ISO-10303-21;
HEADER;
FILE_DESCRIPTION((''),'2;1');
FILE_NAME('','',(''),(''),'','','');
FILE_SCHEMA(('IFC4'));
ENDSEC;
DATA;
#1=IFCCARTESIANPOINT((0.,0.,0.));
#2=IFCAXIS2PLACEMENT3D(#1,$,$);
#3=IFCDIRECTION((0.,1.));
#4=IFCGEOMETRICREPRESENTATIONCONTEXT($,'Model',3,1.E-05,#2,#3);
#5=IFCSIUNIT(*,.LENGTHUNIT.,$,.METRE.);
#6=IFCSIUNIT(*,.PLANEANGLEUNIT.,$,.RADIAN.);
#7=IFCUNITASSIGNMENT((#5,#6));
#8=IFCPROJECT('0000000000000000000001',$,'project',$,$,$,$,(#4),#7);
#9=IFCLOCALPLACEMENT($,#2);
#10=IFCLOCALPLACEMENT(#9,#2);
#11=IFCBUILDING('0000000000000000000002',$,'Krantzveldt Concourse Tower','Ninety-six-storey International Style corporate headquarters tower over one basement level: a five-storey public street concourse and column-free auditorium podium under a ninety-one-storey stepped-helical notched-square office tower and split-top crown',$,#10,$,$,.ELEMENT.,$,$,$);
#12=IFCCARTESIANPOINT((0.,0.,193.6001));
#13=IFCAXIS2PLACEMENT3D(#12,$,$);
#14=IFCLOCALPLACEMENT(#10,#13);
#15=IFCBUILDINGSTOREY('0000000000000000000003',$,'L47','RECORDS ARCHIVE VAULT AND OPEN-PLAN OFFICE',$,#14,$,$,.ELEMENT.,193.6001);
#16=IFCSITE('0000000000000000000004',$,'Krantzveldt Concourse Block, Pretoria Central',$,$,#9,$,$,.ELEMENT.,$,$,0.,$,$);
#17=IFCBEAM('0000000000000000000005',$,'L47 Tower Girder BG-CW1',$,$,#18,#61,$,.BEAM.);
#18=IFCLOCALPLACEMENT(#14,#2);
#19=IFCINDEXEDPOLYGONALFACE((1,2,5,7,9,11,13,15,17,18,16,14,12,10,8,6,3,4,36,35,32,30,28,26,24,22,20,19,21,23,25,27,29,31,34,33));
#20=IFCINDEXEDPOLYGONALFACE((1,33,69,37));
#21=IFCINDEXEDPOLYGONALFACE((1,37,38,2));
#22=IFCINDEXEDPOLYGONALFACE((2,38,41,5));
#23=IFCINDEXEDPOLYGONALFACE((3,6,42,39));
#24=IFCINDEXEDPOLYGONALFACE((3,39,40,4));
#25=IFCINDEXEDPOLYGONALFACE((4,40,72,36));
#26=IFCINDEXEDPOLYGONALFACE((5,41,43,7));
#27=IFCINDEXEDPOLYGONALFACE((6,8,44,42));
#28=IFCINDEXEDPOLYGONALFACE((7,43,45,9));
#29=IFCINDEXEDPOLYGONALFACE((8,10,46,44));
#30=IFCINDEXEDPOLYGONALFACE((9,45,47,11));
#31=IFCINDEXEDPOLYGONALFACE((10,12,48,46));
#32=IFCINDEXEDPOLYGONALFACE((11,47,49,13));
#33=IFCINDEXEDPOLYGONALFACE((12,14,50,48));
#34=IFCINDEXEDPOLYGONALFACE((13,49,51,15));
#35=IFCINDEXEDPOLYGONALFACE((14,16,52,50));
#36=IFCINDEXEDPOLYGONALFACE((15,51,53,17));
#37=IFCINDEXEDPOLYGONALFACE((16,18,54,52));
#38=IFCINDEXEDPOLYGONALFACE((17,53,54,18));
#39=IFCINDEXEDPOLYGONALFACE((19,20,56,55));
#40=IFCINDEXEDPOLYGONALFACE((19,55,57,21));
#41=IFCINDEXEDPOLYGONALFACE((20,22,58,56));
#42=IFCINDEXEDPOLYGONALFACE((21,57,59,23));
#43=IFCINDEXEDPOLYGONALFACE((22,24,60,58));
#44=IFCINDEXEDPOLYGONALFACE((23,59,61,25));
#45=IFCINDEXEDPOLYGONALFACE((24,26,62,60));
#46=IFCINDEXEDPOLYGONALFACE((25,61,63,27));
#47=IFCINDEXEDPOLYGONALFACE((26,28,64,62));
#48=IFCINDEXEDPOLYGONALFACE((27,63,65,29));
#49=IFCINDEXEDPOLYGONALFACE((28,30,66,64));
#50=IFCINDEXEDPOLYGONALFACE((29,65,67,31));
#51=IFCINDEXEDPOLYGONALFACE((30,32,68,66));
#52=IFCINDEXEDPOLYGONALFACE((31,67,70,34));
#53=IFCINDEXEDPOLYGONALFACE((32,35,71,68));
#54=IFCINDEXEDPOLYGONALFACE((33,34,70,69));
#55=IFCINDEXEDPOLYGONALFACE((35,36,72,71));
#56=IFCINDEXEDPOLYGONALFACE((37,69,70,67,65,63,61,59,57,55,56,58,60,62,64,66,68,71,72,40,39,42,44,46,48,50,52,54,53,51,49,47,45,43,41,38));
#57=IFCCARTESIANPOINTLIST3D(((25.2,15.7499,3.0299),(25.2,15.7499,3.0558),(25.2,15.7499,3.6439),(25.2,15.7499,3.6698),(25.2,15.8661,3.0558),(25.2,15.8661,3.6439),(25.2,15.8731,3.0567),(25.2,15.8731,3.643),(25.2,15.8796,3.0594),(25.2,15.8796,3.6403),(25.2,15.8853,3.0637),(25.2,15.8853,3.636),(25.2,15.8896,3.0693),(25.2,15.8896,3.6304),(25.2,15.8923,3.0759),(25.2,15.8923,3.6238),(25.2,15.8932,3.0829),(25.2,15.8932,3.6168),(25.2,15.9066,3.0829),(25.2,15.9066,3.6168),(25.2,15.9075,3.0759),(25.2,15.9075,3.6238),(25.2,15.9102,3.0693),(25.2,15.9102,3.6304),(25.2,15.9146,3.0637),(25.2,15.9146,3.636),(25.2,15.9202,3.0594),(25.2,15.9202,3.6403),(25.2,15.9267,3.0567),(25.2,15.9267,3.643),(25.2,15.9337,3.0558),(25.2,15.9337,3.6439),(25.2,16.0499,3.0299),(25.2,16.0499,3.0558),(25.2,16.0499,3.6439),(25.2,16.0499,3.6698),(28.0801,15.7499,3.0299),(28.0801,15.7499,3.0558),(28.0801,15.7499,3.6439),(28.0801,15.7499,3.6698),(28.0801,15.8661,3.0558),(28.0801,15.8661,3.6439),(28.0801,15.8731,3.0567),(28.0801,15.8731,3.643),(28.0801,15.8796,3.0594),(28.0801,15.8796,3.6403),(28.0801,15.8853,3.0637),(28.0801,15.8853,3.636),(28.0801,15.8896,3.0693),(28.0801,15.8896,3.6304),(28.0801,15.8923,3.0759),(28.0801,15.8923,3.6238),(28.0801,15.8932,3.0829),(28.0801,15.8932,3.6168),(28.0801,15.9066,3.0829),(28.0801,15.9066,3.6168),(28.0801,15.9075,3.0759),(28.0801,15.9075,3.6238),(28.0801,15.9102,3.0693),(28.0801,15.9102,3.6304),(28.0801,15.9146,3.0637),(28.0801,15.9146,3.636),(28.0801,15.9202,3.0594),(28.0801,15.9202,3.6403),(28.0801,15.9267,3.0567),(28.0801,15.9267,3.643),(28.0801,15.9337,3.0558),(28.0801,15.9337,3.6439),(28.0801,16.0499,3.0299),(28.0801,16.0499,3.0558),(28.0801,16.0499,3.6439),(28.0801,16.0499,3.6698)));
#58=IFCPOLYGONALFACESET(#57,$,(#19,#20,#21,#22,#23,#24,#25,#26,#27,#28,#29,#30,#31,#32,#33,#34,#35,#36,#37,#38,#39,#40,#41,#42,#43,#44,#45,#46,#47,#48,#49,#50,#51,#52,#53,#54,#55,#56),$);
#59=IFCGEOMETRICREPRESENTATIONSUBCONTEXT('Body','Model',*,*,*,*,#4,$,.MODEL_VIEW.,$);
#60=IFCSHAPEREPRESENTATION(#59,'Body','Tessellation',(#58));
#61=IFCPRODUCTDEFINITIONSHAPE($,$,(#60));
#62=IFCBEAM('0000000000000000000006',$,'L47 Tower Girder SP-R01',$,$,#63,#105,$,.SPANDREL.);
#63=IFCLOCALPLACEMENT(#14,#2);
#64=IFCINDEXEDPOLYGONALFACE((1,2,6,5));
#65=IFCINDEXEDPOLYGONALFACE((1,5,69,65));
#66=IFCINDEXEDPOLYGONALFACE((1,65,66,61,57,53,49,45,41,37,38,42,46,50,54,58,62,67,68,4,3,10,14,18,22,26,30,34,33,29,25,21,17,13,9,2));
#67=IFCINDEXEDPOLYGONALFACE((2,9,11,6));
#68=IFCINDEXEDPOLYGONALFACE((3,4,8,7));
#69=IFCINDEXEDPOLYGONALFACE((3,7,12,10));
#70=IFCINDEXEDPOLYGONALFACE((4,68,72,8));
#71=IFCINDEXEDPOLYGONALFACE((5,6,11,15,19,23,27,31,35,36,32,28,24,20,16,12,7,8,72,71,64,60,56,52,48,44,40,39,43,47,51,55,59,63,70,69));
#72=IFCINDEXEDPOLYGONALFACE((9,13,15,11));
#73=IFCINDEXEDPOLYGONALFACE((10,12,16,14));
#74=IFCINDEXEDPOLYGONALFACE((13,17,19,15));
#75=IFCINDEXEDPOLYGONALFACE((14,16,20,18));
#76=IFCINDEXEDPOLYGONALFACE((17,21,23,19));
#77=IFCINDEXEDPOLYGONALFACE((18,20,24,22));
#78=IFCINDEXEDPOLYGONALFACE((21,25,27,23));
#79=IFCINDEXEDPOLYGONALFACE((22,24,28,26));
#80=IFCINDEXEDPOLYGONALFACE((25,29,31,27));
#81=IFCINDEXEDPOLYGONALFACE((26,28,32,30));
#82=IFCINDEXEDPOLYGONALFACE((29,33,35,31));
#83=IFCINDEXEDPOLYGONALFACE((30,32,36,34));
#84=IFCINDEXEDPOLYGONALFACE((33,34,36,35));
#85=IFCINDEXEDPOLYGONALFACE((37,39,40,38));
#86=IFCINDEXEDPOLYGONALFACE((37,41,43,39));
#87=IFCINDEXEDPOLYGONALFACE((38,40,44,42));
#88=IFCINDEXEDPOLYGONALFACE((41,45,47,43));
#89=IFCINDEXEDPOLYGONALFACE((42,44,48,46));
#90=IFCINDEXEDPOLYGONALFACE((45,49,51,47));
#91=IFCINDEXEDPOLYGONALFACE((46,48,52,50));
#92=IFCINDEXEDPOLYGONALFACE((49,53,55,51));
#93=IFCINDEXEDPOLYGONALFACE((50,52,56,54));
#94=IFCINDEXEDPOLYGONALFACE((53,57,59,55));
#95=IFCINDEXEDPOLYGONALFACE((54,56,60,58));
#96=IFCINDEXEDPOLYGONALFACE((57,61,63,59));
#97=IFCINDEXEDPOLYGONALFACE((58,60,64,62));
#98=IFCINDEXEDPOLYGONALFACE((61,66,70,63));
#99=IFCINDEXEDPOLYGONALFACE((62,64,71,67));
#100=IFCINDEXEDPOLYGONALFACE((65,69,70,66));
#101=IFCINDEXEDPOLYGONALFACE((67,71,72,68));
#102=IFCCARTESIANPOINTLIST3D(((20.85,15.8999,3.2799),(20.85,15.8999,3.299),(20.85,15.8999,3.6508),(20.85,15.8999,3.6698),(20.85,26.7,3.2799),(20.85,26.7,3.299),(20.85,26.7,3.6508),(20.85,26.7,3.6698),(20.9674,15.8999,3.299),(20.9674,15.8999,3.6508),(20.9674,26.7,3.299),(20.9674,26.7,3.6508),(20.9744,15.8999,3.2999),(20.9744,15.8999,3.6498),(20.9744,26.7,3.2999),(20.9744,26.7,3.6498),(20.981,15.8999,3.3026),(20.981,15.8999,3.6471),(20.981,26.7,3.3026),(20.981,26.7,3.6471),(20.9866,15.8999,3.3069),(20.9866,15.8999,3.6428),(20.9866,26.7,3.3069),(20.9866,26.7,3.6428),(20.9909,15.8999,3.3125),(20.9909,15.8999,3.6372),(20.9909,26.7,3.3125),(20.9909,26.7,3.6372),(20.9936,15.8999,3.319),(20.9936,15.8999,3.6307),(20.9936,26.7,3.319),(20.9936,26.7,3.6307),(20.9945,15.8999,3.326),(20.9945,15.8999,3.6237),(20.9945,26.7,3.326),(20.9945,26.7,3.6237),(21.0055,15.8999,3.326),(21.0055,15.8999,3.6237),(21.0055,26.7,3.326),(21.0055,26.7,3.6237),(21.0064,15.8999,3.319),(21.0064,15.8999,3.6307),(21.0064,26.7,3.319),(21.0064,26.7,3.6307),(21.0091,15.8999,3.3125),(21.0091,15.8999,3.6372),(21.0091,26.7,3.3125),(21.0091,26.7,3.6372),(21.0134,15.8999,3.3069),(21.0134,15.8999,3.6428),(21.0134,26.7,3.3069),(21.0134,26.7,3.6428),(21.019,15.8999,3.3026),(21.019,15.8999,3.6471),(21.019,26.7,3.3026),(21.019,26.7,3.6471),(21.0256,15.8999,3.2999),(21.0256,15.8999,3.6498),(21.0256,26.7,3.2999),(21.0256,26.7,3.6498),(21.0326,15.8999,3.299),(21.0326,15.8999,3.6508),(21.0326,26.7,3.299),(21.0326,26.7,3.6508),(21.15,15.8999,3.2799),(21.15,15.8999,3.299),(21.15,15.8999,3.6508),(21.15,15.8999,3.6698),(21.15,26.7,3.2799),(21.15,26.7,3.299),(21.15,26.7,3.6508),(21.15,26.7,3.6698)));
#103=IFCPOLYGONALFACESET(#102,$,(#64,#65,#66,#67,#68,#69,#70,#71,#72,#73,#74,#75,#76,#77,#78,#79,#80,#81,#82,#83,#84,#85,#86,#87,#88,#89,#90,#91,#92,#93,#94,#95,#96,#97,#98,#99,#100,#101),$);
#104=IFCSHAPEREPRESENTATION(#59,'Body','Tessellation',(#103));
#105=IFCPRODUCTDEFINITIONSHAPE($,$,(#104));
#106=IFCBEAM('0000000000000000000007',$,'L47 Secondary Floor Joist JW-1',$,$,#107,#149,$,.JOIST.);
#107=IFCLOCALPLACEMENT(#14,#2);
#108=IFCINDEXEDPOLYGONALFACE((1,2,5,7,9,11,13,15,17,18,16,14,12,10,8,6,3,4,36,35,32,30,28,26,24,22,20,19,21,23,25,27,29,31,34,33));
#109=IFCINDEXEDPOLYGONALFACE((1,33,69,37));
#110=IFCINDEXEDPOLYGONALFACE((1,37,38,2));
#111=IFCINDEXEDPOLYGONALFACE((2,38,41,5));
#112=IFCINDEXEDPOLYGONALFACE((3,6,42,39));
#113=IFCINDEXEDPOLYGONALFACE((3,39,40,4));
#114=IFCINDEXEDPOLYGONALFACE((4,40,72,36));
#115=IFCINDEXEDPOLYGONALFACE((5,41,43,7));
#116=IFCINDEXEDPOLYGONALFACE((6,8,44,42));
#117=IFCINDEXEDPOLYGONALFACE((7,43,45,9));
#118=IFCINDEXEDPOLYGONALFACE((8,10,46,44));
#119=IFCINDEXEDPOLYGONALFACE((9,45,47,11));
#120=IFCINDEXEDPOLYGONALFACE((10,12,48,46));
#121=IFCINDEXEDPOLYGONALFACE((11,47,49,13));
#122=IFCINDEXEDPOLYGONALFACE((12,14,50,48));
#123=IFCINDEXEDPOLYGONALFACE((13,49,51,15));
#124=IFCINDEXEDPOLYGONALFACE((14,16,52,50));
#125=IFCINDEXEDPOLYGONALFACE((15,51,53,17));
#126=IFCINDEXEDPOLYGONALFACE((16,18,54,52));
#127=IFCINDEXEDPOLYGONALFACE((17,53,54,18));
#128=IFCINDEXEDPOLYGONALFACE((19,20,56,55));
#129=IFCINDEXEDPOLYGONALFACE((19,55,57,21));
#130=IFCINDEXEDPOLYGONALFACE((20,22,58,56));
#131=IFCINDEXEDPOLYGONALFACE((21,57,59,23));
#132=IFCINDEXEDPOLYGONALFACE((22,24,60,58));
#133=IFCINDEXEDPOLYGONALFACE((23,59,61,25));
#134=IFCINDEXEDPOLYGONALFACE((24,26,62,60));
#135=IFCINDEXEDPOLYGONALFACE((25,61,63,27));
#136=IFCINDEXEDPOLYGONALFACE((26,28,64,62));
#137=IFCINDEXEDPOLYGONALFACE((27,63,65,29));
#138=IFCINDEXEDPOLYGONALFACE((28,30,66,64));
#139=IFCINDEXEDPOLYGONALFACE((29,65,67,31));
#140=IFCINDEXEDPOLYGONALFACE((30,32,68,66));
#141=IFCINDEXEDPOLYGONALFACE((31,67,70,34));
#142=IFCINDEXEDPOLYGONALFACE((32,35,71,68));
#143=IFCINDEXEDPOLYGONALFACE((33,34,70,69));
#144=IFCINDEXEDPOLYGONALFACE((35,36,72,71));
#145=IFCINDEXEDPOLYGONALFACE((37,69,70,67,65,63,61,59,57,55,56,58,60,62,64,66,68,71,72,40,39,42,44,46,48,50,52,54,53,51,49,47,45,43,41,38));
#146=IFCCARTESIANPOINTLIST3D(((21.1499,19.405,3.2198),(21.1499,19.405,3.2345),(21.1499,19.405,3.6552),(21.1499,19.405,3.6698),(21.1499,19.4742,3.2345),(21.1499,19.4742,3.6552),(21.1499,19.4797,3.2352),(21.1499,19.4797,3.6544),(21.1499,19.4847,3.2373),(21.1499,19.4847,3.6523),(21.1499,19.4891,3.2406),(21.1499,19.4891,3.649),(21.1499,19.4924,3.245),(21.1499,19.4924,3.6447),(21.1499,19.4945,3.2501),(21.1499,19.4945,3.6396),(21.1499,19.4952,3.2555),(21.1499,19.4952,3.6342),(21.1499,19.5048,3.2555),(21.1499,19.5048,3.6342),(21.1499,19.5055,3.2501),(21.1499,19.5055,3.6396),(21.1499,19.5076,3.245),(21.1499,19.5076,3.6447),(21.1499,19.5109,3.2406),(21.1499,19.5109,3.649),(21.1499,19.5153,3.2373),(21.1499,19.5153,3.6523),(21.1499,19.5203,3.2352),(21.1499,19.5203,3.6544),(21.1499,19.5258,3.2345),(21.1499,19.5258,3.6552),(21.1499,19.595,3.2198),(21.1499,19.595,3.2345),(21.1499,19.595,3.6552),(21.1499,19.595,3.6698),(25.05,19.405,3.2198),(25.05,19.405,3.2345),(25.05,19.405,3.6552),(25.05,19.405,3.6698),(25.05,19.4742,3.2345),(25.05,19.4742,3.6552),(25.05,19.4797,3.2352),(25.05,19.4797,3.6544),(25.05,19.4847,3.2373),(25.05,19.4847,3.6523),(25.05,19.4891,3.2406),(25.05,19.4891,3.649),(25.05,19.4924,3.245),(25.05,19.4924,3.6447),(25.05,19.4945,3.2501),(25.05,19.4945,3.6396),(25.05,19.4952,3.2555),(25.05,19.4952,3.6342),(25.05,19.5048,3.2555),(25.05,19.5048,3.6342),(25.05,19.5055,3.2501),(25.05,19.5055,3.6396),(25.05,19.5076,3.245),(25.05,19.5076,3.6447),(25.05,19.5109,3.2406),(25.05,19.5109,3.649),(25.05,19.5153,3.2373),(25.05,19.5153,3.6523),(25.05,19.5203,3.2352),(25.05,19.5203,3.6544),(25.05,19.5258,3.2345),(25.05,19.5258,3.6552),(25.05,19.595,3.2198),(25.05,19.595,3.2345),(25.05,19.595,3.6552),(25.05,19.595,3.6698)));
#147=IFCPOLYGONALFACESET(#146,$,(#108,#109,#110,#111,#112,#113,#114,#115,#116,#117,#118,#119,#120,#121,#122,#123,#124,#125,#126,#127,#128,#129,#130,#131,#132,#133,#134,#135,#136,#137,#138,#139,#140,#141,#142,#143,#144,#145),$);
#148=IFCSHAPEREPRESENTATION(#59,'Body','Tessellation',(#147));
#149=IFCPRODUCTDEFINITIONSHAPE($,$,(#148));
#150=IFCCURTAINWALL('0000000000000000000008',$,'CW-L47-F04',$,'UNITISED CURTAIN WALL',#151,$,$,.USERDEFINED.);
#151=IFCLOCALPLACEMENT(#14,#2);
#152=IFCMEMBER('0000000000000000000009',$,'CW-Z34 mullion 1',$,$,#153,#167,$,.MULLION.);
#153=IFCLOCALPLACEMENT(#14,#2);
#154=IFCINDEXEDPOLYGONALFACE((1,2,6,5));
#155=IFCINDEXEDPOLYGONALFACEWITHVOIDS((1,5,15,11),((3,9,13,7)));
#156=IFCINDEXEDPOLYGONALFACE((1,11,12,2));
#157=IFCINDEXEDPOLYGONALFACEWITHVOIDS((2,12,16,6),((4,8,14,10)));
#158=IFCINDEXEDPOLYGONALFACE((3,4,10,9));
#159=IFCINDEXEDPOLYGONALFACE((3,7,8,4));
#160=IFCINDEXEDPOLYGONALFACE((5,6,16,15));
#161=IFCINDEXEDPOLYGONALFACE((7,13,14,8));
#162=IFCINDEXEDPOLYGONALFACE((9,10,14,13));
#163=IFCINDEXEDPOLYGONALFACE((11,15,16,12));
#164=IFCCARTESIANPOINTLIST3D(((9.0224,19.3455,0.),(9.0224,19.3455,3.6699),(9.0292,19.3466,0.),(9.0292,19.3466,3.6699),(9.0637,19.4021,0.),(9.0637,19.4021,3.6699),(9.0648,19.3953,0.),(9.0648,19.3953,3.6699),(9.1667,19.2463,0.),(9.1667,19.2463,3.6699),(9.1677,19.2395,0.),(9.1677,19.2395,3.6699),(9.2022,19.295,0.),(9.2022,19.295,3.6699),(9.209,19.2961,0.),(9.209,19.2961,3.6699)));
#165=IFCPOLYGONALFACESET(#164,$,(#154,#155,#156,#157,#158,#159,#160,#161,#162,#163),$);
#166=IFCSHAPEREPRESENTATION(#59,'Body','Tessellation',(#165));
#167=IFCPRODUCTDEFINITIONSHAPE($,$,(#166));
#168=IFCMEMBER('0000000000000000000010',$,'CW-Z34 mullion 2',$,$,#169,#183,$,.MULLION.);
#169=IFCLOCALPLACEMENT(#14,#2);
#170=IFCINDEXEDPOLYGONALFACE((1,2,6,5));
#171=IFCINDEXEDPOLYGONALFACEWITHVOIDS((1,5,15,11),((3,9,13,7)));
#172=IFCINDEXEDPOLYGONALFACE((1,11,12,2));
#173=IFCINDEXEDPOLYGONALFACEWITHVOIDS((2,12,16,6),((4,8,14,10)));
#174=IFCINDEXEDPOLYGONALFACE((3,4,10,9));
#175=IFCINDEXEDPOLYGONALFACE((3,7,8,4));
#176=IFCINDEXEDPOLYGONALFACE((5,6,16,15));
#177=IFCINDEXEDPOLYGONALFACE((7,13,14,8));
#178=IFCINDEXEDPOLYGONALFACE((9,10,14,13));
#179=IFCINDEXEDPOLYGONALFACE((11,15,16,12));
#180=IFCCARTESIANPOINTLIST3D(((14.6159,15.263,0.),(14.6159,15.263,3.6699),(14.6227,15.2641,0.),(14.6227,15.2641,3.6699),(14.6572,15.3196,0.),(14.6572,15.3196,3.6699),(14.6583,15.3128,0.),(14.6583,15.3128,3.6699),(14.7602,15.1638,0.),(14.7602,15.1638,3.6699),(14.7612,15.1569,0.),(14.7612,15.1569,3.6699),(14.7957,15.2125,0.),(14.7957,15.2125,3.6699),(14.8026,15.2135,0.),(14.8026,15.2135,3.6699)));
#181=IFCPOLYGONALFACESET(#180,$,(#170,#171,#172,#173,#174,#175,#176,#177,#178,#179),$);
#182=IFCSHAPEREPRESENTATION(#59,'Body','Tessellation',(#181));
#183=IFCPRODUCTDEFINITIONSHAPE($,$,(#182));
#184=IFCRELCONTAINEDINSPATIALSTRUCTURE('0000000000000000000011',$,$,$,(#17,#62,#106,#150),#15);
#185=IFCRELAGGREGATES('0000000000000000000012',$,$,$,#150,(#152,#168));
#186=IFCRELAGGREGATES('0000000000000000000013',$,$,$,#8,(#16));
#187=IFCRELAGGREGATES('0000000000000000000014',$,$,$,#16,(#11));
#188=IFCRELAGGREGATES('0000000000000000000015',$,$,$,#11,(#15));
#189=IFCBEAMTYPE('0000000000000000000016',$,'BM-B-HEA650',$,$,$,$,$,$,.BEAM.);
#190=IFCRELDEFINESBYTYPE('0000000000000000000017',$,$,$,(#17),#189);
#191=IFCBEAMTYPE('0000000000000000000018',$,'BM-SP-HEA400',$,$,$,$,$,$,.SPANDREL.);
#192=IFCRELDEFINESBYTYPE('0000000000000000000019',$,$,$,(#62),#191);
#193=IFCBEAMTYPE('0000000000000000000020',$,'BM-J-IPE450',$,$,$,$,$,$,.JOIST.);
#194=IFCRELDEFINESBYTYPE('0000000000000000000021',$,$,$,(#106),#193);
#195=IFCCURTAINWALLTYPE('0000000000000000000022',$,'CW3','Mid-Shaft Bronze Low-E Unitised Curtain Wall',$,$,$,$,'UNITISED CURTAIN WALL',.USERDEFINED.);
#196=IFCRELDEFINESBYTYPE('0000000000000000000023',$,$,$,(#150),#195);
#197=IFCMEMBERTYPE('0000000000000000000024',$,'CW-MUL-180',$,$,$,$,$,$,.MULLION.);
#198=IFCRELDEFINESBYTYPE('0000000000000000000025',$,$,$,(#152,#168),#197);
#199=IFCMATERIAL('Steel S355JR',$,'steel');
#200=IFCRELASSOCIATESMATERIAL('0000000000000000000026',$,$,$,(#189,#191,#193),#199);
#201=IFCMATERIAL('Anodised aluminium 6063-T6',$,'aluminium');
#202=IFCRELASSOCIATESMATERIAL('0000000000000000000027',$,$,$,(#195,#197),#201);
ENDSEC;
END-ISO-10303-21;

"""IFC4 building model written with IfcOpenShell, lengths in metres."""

from ifc_helpers import new_model, si_unit, direction, frame, origin, origin_2d, place, context, subcontext, project, spatial, hollow_rectangle, i_section, extrude, source, transform, mapped, material, material_profile, profile_set, type_object, type_shapes, element, aggregate, save


model = new_model("IFC4")

# Units and contexts
model_context = context("Model", 3, precision=1e-05, world=origin(), true_north=direction((0.0, 1.0)))
body_context = subcontext(model_context, "Body", "Model", "MODEL_VIEW")
ifc_project = project(units=[si_unit("LENGTHUNIT", "METRE"), si_unit("PLANEANGLEUNIT", "RADIAN")], contexts=[model_context])

# Site, building, storey
site_placement = place(None, origin())
site = spatial("IfcSite", under=ifc_project, at=site_placement, Name="Krantzveldt Concourse Block, Pretoria Central", CompositionType="ELEMENT", RefElevation=0.0)
building_placement = place(site_placement, origin())
building = spatial("IfcBuilding", under=site, at=building_placement, Name="Krantzveldt Concourse Tower", Description="Ninety-six-storey International Style corporate headquarters tower over one basement level: a five-storey public street concourse and column-free auditorium podium under a ninety-one-storey stepped-helical notched-square office tower and split-top crown", CompositionType="ELEMENT")
storey_placement = place(building_placement, frame((0.0, 0.0, 193.6001)))
storey = spatial("IfcBuildingStorey", under=building, at=storey_placement, Name="L47", Description="RECORDS ARCHIVE VAULT AND OPEN-PLAN OFFICE", CompositionType="ELEMENT", Elevation=193.6001)

# Beams
ifc_material_1 = material(Name="Steel S355JR", Category="steel")
ifc_material_profile_1 = material_profile(ifc_material_1, i_section(OverallWidth=0.3, OverallDepth=0.6399, WebThickness=0.0134, FlangeThickness=0.0259, FilletRadius=0.0271, at=origin_2d()), Name="Steel S355JR", Category="steel")
ifc_profile_set_1 = profile_set([ifc_material_profile_1], Name="Steel S355JR - HEA 650")
beam_type_1 = type_object("IfcBeamType", Name="BM-B-HEA650", PredefinedType="BEAM", material=ifc_profile_set_1)
shared_shape_1 = source(origin(), body_context, "Body", "SweptSolid", [
    extrude(i_section(OverallWidth=0.3, OverallDepth=0.6399, WebThickness=0.0134, FlangeThickness=0.0259, FilletRadius=0.0271, at=origin_2d()), origin(), (0.0, 0.0, 1.0), 2.8801),
])
beam_1_placement = place(storey_placement, frame((25.2, 15.8999, 3.3499), z_axis=(1.0, 0.0, 0.0), x_axis=(0.0, 1.0, 0.0)))
element("IfcBeam", 1, at=beam_1_placement, inside=storey, type_object=beam_type_1, Name="L47 Tower Girder BG-CW1", PredefinedType="BEAM", context=body_context, shape_type="MappedRepresentation", body=[
    mapped(shared_shape_1, transform((0.0, 0.0, 0.0), x_axis=(1.0, 0.0, 0.0), y_axis=(0.0, 1.0, 0.0), z_axis=(0.0, 0.0, 1.0), scale=1.0)),
])
ifc_material_profile_2 = material_profile(ifc_material_1, i_section(OverallWidth=0.3, OverallDepth=0.3899, WebThickness=0.011, FlangeThickness=0.019, FilletRadius=0.0271, at=origin_2d()), Name="Steel S355JR", Category="steel")
ifc_profile_set_2 = profile_set([ifc_material_profile_2], Name="Steel S355JR - HEA 400")
beam_type_2 = type_object("IfcBeamType", Name="BM-SP-HEA400", PredefinedType="SPANDREL", material=ifc_profile_set_2)
shared_shape_2 = source(origin(), body_context, "Body", "SweptSolid", [
    extrude(i_section(OverallWidth=0.3, OverallDepth=0.3899, WebThickness=0.011, FlangeThickness=0.019, FilletRadius=0.0271, at=origin_2d()), origin(), (0.0, 0.0, 1.0), 10.8),
])
type_shapes(beam_type_2, [shared_shape_2])
beam_2_placement = place(storey_placement, frame((21.0, 15.8999, 3.4749), z_axis=(0.0, 1.0, 0.0), x_axis=(-1.0, 0.0, 0.0)))
element("IfcBeam", 2, at=beam_2_placement, inside=storey, type_object=beam_type_2, Name="L47 Tower Girder SP-R01", PredefinedType="SPANDREL", context=body_context, shape_type="MappedRepresentation", body=[
    mapped(shared_shape_2, transform((0.0, 0.0, 0.0), x_axis=(1.0, 0.0, 0.0), y_axis=(0.0, 1.0, 0.0), z_axis=(0.0, 0.0, 1.0), scale=1.0)),
])
ifc_material_profile_3 = material_profile(ifc_material_1, i_section(OverallWidth=0.1899, OverallDepth=0.45, WebThickness=0.0095, FlangeThickness=0.0146, FilletRadius=0.021, at=origin_2d()), Name="Steel S355JR", Category="steel")
ifc_profile_set_3 = profile_set([ifc_material_profile_3], Name="Steel S355JR - IPE 450")
beam_type_3 = type_object("IfcBeamType", Name="BM-J-IPE450", PredefinedType="JOIST", material=ifc_profile_set_3)
shared_shape_3 = source(origin(), body_context, "Body", "SweptSolid", [
    extrude(i_section(OverallWidth=0.1899, OverallDepth=0.45, WebThickness=0.0095, FlangeThickness=0.0146, FilletRadius=0.021, at=origin_2d()), origin(), (0.0, 0.0, 1.0), 3.9001),
])
type_shapes(beam_type_3, [shared_shape_3])
beam_3_placement = place(storey_placement, frame((21.1499, 19.5, 3.4448), z_axis=(1.0, 0.0, 0.0), x_axis=(0.0, 1.0, 0.0)))
element("IfcBeam", 3, at=beam_3_placement, inside=storey, type_object=beam_type_3, Name="L47 Secondary Floor Joist JW-1", PredefinedType="JOIST", context=body_context, shape_type="MappedRepresentation", body=[
    mapped(shared_shape_3, transform((0.0, 0.0, 0.0), x_axis=(1.0, 0.0, 0.0), y_axis=(0.0, 1.0, 0.0), z_axis=(0.0, 0.0, 1.0), scale=1.0)),
])

# Curtain wall, members
ifc_material_2 = material(Name="Anodised aluminium 6063-T6", Category="aluminium")
curtain_wall_type = type_object("IfcCurtainWallType", Name="CW3", Description="Mid-Shaft Bronze Low-E Unitised Curtain Wall", ElementType="UNITISED CURTAIN WALL", PredefinedType="USERDEFINED", material=ifc_material_2)
curtain_wall_placement = place(storey_placement, origin())
curtain_wall = element("IfcCurtainWall", 4, at=curtain_wall_placement, inside=storey, type_object=curtain_wall_type, Name="CW-L47-F04", ObjectType="UNITISED CURTAIN WALL", PredefinedType="USERDEFINED")
ifc_material_profile_4 = material_profile(ifc_material_2, hollow_rectangle(XDim=0.0701, YDim=0.1799, WallThickness=0.0049, at=origin_2d()), Name="Anodised aluminium 6063-T6", Category="aluminium")
ifc_profile_set_4 = profile_set([ifc_material_profile_4], Name="Anodised aluminium 6063-T6 - ALU-MULL 180x70x5")
member_type_1 = type_object("IfcMemberType", Name="CW-MUL-180", PredefinedType="MULLION", material=ifc_profile_set_4)
shared_shape_4 = source(origin(), body_context, "Body", "SweptSolid", [
    extrude(hollow_rectangle(XDim=0.0701, YDim=0.1799, WallThickness=0.0049, at=origin_2d()), origin(), (0.0, 0.0, 1.0), 3.6699),
])
type_shapes(member_type_1, [shared_shape_4])
member_1_placement = place(storey_placement, frame((9.1157, 19.3208, 0.0), z_axis=(0.0, 0.0, 1.0), x_axis=(0.589549, 0.807733, 0.0)))
member_1 = element("IfcMember", 5, at=member_1_placement, type_object=member_type_1, Name="CW-Z34 mullion 1", PredefinedType="MULLION", context=body_context, shape_type="MappedRepresentation", body=[
    mapped(shared_shape_4, transform((0.0, 0.0, 0.0), x_axis=(1.0, 0.0, 0.0), y_axis=(0.0, 1.0, 0.0), z_axis=(0.0, 0.0, 1.0), scale=1.0)),
])
member_2_placement = place(storey_placement, frame((14.7092, 15.2383, 0.0), z_axis=(0.0, 0.0, 1.0), x_axis=(0.589549, 0.807733, 0.0)))
member_2 = element("IfcMember", 6, at=member_2_placement, type_object=member_type_1, Name="CW-Z34 mullion 2", PredefinedType="MULLION", context=body_context, shape_type="MappedRepresentation", body=[
    mapped(shared_shape_4, transform((0.0, 0.0, 0.0), x_axis=(1.0, 0.0, 0.0), y_axis=(0.0, 1.0, 0.0), z_axis=(0.0, 0.0, 1.0), scale=1.0)),
])

aggregate(curtain_wall, [member_1, member_2])

save(model, "model.ifc")
